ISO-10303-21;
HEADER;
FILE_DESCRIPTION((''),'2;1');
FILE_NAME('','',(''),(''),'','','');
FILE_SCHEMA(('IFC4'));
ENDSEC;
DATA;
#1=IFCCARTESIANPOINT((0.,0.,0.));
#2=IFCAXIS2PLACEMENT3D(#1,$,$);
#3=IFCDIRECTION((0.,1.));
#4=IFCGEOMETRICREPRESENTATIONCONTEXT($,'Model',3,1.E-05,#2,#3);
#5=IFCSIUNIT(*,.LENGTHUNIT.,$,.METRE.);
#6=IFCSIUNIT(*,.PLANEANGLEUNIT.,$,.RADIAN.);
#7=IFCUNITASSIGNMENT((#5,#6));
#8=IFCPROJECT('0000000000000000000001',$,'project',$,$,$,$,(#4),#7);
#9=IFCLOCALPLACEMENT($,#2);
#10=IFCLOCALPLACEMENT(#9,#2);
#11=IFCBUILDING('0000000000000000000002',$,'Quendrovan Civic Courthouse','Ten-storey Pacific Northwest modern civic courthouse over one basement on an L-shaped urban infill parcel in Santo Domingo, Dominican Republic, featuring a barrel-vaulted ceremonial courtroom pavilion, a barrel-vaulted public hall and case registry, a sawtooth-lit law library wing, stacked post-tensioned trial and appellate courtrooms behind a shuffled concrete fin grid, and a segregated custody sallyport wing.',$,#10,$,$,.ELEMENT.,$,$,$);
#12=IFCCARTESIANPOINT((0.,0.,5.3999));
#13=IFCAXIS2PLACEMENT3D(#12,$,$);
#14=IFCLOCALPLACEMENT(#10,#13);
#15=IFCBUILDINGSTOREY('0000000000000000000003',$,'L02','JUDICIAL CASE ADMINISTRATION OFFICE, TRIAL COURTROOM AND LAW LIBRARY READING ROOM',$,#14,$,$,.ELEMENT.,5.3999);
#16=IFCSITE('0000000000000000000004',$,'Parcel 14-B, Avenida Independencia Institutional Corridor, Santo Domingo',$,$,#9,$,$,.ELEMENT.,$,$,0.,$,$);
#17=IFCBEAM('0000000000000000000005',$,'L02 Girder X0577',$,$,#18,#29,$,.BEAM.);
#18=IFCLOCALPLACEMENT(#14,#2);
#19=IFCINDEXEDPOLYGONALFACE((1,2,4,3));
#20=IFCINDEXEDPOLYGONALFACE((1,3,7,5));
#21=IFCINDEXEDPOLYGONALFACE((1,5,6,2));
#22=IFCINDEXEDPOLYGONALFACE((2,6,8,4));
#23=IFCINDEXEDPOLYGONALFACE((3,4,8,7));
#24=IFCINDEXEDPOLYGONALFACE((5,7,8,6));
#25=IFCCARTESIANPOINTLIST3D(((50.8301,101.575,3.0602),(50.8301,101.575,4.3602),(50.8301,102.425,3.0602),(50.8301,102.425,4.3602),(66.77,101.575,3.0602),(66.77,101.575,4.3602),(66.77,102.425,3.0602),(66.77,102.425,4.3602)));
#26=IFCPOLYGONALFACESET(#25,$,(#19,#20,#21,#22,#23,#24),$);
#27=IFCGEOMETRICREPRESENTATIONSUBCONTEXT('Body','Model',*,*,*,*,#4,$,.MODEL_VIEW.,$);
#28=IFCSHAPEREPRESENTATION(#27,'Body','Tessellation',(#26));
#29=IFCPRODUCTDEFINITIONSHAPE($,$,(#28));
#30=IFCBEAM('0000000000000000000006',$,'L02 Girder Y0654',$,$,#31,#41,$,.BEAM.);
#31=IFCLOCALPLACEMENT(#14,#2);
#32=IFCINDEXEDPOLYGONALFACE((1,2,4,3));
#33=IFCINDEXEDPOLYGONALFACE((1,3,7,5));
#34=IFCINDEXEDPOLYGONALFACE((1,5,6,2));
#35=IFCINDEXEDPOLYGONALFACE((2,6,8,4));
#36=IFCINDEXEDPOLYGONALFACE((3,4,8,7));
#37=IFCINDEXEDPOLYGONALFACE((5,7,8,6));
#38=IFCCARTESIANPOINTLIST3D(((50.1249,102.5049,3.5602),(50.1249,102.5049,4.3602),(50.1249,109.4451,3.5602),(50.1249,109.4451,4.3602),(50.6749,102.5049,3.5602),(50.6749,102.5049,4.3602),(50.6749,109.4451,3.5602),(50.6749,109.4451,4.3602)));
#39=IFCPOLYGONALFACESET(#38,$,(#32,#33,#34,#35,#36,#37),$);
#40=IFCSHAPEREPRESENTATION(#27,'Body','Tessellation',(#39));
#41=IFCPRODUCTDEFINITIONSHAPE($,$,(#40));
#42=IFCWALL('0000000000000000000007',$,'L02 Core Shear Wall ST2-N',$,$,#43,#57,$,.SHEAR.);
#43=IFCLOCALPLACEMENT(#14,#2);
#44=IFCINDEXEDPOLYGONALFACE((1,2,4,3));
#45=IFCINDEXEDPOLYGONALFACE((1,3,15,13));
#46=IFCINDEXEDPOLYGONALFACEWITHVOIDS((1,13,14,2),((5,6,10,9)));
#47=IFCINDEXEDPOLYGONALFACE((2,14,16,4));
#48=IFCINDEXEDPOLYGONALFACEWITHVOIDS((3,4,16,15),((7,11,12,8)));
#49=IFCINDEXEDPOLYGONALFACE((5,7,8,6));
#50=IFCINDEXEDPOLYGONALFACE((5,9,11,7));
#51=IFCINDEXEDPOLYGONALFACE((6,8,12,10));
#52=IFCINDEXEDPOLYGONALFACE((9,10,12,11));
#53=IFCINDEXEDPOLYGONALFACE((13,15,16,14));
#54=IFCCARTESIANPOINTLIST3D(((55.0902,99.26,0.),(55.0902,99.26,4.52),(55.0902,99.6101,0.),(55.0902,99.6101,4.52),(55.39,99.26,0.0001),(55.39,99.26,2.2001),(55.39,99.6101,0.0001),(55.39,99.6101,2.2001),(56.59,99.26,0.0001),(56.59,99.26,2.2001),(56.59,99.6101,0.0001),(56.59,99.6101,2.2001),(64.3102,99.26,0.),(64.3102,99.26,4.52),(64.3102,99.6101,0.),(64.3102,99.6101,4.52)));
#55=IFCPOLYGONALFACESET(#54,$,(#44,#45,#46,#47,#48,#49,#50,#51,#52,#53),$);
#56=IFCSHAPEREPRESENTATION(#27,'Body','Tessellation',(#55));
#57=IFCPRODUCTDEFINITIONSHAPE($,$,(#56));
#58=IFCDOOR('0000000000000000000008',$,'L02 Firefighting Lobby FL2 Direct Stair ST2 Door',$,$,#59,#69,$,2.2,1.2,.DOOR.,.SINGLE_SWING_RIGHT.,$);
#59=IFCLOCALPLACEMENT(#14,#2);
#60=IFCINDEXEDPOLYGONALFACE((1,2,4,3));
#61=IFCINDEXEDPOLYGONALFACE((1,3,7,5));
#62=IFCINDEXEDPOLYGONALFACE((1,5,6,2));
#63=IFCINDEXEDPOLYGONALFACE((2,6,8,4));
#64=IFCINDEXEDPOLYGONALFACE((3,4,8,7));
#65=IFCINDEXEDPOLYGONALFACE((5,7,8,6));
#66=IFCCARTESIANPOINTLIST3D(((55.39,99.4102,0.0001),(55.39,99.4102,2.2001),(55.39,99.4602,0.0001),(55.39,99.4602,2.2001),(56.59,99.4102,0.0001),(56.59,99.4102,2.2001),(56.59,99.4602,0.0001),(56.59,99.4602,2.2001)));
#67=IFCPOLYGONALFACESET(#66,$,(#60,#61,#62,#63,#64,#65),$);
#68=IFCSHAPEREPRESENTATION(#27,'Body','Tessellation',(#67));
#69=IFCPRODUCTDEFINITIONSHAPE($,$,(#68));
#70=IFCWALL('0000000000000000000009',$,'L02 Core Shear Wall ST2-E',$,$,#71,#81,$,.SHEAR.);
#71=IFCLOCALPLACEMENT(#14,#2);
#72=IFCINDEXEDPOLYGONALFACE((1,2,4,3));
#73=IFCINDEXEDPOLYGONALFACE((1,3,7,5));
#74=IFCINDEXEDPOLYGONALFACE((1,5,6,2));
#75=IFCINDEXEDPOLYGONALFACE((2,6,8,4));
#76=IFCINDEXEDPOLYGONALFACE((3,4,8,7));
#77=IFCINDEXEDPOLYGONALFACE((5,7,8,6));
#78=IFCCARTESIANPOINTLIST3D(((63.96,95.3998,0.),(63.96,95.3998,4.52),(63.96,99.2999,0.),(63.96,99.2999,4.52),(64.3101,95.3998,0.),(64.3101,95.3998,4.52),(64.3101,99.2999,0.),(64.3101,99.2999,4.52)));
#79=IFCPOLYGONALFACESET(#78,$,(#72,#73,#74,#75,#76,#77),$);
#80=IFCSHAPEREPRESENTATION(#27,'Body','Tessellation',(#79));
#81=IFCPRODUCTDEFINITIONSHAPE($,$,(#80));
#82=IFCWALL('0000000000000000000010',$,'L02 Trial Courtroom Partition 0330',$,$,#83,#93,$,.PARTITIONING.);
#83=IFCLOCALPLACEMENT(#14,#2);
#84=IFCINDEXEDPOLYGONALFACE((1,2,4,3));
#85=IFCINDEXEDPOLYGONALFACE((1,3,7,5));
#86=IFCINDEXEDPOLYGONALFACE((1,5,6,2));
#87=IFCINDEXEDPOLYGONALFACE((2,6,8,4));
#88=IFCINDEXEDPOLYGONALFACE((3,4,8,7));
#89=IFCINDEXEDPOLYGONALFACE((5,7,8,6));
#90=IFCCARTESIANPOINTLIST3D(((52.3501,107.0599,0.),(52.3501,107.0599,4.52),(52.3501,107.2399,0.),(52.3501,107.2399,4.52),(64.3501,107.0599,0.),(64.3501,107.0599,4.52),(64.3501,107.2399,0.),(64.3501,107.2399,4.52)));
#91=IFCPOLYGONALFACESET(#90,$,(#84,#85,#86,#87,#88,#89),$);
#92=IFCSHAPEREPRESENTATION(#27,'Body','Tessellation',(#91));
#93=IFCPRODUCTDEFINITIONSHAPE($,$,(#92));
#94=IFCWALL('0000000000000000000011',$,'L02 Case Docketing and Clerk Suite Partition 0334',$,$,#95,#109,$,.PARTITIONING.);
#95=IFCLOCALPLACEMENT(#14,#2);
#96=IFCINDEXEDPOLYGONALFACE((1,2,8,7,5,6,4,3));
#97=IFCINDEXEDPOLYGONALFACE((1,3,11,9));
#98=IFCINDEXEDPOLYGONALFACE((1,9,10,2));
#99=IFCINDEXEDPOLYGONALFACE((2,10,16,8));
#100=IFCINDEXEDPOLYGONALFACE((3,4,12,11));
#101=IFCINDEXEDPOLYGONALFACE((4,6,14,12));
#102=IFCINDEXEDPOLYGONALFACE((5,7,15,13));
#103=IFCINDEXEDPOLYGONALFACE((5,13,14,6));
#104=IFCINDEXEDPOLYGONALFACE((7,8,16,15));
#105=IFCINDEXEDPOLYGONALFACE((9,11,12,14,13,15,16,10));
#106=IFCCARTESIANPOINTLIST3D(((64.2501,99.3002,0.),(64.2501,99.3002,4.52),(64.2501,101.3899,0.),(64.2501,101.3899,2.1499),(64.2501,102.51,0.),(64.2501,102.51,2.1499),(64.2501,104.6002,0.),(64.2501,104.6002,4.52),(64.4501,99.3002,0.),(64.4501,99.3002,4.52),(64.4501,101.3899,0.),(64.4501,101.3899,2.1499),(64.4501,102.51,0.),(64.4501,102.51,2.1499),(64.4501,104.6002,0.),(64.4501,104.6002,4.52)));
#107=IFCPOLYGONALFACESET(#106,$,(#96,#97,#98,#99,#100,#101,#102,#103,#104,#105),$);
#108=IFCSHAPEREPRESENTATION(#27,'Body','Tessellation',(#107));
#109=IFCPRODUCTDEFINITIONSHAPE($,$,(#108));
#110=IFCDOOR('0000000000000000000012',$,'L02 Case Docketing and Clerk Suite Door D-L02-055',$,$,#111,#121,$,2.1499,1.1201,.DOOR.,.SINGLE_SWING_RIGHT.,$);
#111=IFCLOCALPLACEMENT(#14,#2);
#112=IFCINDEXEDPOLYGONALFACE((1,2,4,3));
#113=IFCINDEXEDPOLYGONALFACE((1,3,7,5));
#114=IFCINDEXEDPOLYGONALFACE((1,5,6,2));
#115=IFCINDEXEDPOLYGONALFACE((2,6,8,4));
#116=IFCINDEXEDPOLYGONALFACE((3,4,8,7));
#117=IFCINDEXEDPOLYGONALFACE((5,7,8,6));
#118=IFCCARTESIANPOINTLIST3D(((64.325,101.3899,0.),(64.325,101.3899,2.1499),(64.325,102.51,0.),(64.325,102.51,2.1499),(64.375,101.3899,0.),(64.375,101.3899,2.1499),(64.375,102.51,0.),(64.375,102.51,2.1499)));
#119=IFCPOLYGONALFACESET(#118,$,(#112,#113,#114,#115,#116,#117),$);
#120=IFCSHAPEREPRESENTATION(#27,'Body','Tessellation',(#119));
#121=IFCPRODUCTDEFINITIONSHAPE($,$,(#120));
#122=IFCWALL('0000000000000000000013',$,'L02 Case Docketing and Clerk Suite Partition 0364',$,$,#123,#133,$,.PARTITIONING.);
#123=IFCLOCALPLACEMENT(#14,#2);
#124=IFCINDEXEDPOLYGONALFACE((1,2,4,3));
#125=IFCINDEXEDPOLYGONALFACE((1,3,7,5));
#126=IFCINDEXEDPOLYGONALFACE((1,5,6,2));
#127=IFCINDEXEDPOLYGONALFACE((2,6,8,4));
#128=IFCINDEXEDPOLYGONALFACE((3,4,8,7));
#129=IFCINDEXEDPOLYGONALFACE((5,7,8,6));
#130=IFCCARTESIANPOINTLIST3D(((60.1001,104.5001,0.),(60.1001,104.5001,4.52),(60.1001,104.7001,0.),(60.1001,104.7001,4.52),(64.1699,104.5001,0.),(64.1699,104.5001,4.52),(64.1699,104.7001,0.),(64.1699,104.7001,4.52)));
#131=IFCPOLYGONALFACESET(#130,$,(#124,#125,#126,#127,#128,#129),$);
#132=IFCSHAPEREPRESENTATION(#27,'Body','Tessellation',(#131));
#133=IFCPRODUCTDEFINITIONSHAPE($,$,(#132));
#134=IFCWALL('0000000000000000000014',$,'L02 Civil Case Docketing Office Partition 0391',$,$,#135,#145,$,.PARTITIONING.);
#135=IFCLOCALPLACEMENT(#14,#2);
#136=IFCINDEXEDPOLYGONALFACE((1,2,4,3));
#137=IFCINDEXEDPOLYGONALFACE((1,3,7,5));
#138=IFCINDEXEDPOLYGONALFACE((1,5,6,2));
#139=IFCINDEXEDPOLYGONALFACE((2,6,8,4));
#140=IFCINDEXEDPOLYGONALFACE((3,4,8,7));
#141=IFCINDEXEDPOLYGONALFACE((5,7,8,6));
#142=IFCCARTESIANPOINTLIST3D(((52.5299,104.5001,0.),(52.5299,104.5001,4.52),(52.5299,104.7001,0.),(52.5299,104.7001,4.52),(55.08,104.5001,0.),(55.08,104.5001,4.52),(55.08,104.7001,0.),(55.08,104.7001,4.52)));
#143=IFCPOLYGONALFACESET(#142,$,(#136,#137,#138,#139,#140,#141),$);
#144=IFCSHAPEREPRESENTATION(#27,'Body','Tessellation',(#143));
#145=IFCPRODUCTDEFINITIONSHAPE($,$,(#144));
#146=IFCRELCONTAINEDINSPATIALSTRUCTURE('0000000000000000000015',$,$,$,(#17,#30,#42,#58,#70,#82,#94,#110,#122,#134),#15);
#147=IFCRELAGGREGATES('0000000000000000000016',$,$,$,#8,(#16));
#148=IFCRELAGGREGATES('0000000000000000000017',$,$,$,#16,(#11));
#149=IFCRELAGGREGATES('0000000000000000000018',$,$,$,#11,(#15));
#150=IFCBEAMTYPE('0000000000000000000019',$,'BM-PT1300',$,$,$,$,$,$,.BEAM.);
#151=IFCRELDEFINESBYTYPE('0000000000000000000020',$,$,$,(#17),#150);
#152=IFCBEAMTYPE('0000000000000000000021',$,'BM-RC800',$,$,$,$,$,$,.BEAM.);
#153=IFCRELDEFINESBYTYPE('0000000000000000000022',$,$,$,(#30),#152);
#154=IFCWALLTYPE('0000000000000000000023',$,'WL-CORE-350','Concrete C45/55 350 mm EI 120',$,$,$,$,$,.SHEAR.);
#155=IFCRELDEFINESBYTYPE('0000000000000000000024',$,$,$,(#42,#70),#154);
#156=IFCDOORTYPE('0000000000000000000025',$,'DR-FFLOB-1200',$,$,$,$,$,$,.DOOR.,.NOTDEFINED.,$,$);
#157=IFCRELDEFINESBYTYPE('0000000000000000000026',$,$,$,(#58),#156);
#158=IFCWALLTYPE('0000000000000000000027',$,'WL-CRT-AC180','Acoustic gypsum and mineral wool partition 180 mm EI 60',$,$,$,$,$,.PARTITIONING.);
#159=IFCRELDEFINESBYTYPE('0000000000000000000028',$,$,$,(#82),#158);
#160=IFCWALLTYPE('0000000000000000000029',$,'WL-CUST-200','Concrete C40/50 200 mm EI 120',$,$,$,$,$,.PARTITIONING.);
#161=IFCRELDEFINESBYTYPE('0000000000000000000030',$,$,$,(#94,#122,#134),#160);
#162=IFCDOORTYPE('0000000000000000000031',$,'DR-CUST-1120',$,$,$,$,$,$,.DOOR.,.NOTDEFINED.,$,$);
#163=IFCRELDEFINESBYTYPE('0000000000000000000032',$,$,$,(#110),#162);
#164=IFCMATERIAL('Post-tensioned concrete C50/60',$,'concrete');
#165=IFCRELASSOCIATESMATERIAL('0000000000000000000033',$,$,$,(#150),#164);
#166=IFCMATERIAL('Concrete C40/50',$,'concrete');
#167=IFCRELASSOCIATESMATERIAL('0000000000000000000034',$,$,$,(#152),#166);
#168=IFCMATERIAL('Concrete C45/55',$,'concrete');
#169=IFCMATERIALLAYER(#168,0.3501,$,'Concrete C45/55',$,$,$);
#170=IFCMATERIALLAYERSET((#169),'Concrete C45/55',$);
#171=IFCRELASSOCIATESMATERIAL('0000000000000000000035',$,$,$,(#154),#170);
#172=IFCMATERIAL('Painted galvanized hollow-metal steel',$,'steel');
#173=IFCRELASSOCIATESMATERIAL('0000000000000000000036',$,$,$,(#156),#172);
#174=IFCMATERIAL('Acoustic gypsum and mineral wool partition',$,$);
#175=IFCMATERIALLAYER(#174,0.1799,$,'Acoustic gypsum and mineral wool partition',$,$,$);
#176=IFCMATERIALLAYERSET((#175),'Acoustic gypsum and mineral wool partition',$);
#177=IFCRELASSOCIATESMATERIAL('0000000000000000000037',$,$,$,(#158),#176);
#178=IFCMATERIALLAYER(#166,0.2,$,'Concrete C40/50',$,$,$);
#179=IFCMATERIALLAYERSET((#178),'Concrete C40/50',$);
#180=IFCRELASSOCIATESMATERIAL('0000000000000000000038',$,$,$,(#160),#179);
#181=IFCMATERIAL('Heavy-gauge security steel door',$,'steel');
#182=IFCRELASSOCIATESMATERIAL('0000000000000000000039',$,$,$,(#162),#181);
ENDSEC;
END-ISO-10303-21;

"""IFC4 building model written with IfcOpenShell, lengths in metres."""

from ifc_helpers import new_model, si_unit, direction, frame, frame_2d, origin, origin_2d, place, context, subcontext, project, spatial, rectangle, extrude, material, layer, layer_set, material_profile, profile_set, type_object, element, fill, save


model = new_model("IFC4")

# Units and contexts
model_context = context("Model", 3, precision=1e-05, world=origin(), true_north=direction((0.0, 1.0)))
body_context = subcontext(model_context, "Body", "Model", "MODEL_VIEW")
ifc_project = project(units=[si_unit("LENGTHUNIT", "METRE"), si_unit("PLANEANGLEUNIT", "RADIAN")], contexts=[model_context])

# Site, building, storey
site_placement = place(None, origin())
site = spatial("IfcSite", under=ifc_project, at=site_placement, Name="Parcel 14-B, Avenida Independencia Institutional Corridor, Santo Domingo", CompositionType="ELEMENT", RefElevation=0.0)
building_placement = place(site_placement, origin())
building = spatial("IfcBuilding", under=site, at=building_placement, Name="Quendrovan Civic Courthouse", Description="Ten-storey Pacific Northwest modern civic courthouse over one basement on an L-shaped urban infill parcel in Santo Domingo, Dominican Republic, featuring a barrel-vaulted ceremonial courtroom pavilion, a barrel-vaulted public hall and case registry, a sawtooth-lit law library wing, stacked post-tensioned trial and appellate courtrooms behind a shuffled concrete fin grid, and a segregated custody sallyport wing.", CompositionType="ELEMENT")
storey_placement = place(building_placement, frame((0.0, 0.0, 5.3999)))
storey = spatial("IfcBuildingStorey", under=building, at=storey_placement, Name="L02", Description="JUDICIAL CASE ADMINISTRATION OFFICE, TRIAL COURTROOM AND LAW LIBRARY READING ROOM", CompositionType="ELEMENT", Elevation=5.3999)

# Beams
ifc_material_1 = material(Name="Post-tensioned concrete C50/60", Category="concrete")
ifc_material_profile_1 = material_profile(ifc_material_1, rectangle(XDim=0.8501, YDim=1.3, at=origin_2d()), Name="PT-GRD-850x1300")
ifc_profile_set_1 = profile_set([ifc_material_profile_1], Name="Post-tensioned concrete C50/60")
beam_type_1 = type_object("IfcBeamType", Name="BM-PT1300", PredefinedType="BEAM", material=ifc_profile_set_1)
beam_1_placement = place(storey_placement, frame((50.8301, 102.0, 3.7102), z_axis=(1.0, 0.0, 0.0), x_axis=(0.0, 1.0, 0.0)))
element("IfcBeam", 1, at=beam_1_placement, inside=storey, type_object=beam_type_1, Name="L02 Girder X0577", PredefinedType="BEAM", context=body_context, shape_type="SweptSolid", body=[
    extrude(rectangle(XDim=0.8501, YDim=1.3, at=origin_2d()), origin(), (0.0, 0.0, 1.0), 15.9399),
])
ifc_material_2 = material(Name="Concrete C40/50", Category="concrete")
ifc_material_profile_2 = material_profile(ifc_material_2, rectangle(XDim=0.55, YDim=0.8, at=origin_2d()), Name="RC-BM-550x800")
ifc_profile_set_2 = profile_set([ifc_material_profile_2], Name="Concrete C40/50")
beam_type_2 = type_object("IfcBeamType", Name="BM-RC800", PredefinedType="BEAM", material=ifc_profile_set_2)
beam_2_placement = place(storey_placement, frame((50.3999, 102.5049, 3.9602), z_axis=(0.0, 1.0, 0.0), x_axis=(-1.0, 0.0, 0.0)))
element("IfcBeam", 2, at=beam_2_placement, inside=storey, type_object=beam_type_2, Name="L02 Girder Y0654", PredefinedType="BEAM", context=body_context, shape_type="SweptSolid", body=[
    extrude(rectangle(XDim=0.55, YDim=0.8, at=origin_2d()), origin(), (0.0, 0.0, 1.0), 6.9402),
])

# Wall, opening, door
ifc_material_3 = material(Name="Concrete C45/55", Category="concrete")
ifc_layer_1 = layer(ifc_material_3, 0.3501, Name="Concrete C45/55")
ifc_layer_set_1 = layer_set([ifc_layer_1], Name="Concrete C45/55")
wall_type_1 = type_object("IfcWallType", Name="WL-CORE-350", Description="Concrete C45/55 350 mm EI 120", PredefinedType="SHEAR", material=ifc_layer_set_1)
wall_1_placement = place(storey_placement, frame((64.3101, 99.4351, 0.0), z_axis=(0.0, 0.0, 1.0), x_axis=(-1.0, 0.0, 0.0)))
wall_1 = element("IfcWall", 3, at=wall_1_placement, inside=storey, type_object=wall_type_1, Name="L02 Core Shear Wall ST2-N", PredefinedType="SHEAR", context=body_context, shape_type="SweptSolid", body=[
    extrude(rectangle(XDim=9.22, YDim=0.3501, at=frame_2d((4.6099, 0.0))), origin(), (0.0, 0.0, 1.0), 4.52),
])
opening_1_placement = place(wall_1_placement, frame((7.72, 0.0, 0.0)))
opening_1 = element("IfcOpeningElement", 4, at=opening_1_placement, cuts=wall_1, PredefinedType="OPENING", context=body_context, shape_type="SweptSolid", body=[
    extrude(rectangle(XDim=1.2, YDim=2.2, at=frame_2d((0.6001, 1.1001))), frame((0.0, 0.1851, 0.0), z_axis=(0.0, -1.0, 0.0), x_axis=(1.0, 0.0, 0.0)), (0.0, 0.0, 1.0), 0.3701),
])
ifc_material_4 = material(Name="Painted galvanized hollow-metal steel", Category="steel")
door_type_1 = type_object("IfcDoorType", Name="DR-FFLOB-1200", OperationType="NOTDEFINED", PredefinedType="DOOR", material=ifc_material_4)
door_1_placement = place(opening_1_placement, origin())
door_1 = element("IfcDoor", 5, at=door_1_placement, inside=storey, type_object=door_type_1, Name="L02 Firefighting Lobby FL2 Direct Stair ST2 Door", OperationType="SINGLE_SWING_RIGHT", OverallHeight=2.2, OverallWidth=1.2, PredefinedType="DOOR", context=body_context, shape_type="SweptSolid", body=[
    extrude(rectangle(XDim=1.2, YDim=2.2, at=frame_2d((0.6001, 1.1001))), frame((0.0, 0.0249, 0.0), z_axis=(0.0, -1.0, 0.0), x_axis=(1.0, 0.0, 0.0)), (0.0, 0.0, 1.0), 0.05),
])
fill(opening_1, door_1)

# Walls
wall_2_placement = place(storey_placement, frame((64.135, 99.3, 0.0), z_axis=(0.0, 0.0, 1.0), x_axis=(0.0, -1.0, 0.0)))
element("IfcWall", 6, at=wall_2_placement, inside=storey, type_object=wall_type_1, Name="L02 Core Shear Wall ST2-E", PredefinedType="SHEAR", context=body_context, shape_type="SweptSolid", body=[
    extrude(rectangle(XDim=3.9001, YDim=0.3501, at=frame_2d((1.9502, 0.0))), origin(), (0.0, 0.0, 1.0), 4.52),
])
ifc_material_5 = material(Name="Acoustic gypsum and mineral wool partition")
ifc_layer_2 = layer(ifc_material_5, 0.1799, Name="Acoustic gypsum and mineral wool partition")
ifc_layer_set_2 = layer_set([ifc_layer_2], Name="Acoustic gypsum and mineral wool partition")
wall_type_2 = type_object("IfcWallType", Name="WL-CRT-AC180", Description="Acoustic gypsum and mineral wool partition 180 mm EI 60", PredefinedType="PARTITIONING", material=ifc_layer_set_2)
wall_3_placement = place(storey_placement, frame((64.3501, 107.1499, 0.0), z_axis=(0.0, 0.0, 1.0), x_axis=(-1.0, 0.0, 0.0)))
element("IfcWall", 7, at=wall_3_placement, inside=storey, type_object=wall_type_2, Name="L02 Trial Courtroom Partition 0330", PredefinedType="PARTITIONING", context=body_context, shape_type="SweptSolid", body=[
    extrude(rectangle(XDim=12.0, YDim=0.1799, at=frame_2d((6.0, 0.0))), origin(), (0.0, 0.0, 1.0), 4.52),
])

# Wall, opening, door
ifc_layer_3 = layer(ifc_material_2, 0.2, Name="Concrete C40/50")
ifc_layer_set_3 = layer_set([ifc_layer_3], Name="Concrete C40/50")
wall_type_3 = type_object("IfcWallType", Name="WL-CUST-200", Description="Concrete C40/50 200 mm EI 120", PredefinedType="PARTITIONING", material=ifc_layer_set_3)
wall_4_placement = place(storey_placement, frame((64.3501, 104.6001, 0.0), z_axis=(0.0, 0.0, 1.0), x_axis=(0.0, -1.0, 0.0)))
wall_4 = element("IfcWall", 8, at=wall_4_placement, inside=storey, type_object=wall_type_3, Name="L02 Case Docketing and Clerk Suite Partition 0334", PredefinedType="PARTITIONING", context=body_context, shape_type="SweptSolid", body=[
    extrude(rectangle(XDim=5.3, YDim=0.2, at=frame_2d((2.6499, 0.0))), origin(), (0.0, 0.0, 1.0), 4.52),
])
opening_2_placement = place(wall_4_placement, frame((2.0901, 0.0, 0.0)))
opening_2 = element("IfcOpeningElement", 9, at=opening_2_placement, cuts=wall_4, PredefinedType="OPENING", context=body_context, shape_type="SweptSolid", body=[
    extrude(rectangle(XDim=1.1201, YDim=2.1499, at=frame_2d((0.5601, 1.075))), frame((0.0, 0.1099, 0.0), z_axis=(0.0, -1.0, 0.0), x_axis=(1.0, 0.0, 0.0)), (0.0, 0.0, 1.0), 0.22),
])
ifc_material_6 = material(Name="Heavy-gauge security steel door", Category="steel")
door_type_2 = type_object("IfcDoorType", Name="DR-CUST-1120", OperationType="NOTDEFINED", PredefinedType="DOOR", material=ifc_material_6)
door_2_placement = place(opening_2_placement, origin())
door_2 = element("IfcDoor", 10, at=door_2_placement, inside=storey, type_object=door_type_2, Name="L02 Case Docketing and Clerk Suite Door D-L02-055", OperationType="SINGLE_SWING_RIGHT", OverallHeight=2.1499, OverallWidth=1.1201, PredefinedType="DOOR", context=body_context, shape_type="SweptSolid", body=[
    extrude(rectangle(XDim=1.1201, YDim=2.1499, at=frame_2d((0.5601, 1.075))), frame((0.0, 0.0249, 0.0), z_axis=(0.0, -1.0, 0.0), x_axis=(1.0, 0.0, 0.0)), (0.0, 0.0, 1.0), 0.05),
])
fill(opening_2, door_2)

# Walls
wall_5_placement = place(storey_placement, frame((60.1001, 104.6001, 0.0), z_axis=(0.0, 0.0, 1.0), x_axis=(1.0, 0.0, 0.0)))
element("IfcWall", 11, at=wall_5_placement, inside=storey, type_object=wall_type_3, Name="L02 Case Docketing and Clerk Suite Partition 0364", PredefinedType="PARTITIONING", context=body_context, shape_type="SweptSolid", body=[
    extrude(rectangle(XDim=4.0698, YDim=0.2, at=frame_2d((2.0349, 0.0))), origin(), (0.0, 0.0, 1.0), 4.52),
])
wall_6_placement = place(storey_placement, frame((52.53, 104.6001, 0.0), z_axis=(0.0, 0.0, 1.0), x_axis=(1.0, 0.0, 0.0)))
element("IfcWall", 12, at=wall_6_placement, inside=storey, type_object=wall_type_3, Name="L02 Civil Case Docketing Office Partition 0391", PredefinedType="PARTITIONING", context=body_context, shape_type="SweptSolid", body=[
    extrude(rectangle(XDim=2.55, YDim=0.2, at=frame_2d((1.2749, 0.0))), origin(), (0.0, 0.0, 1.0), 4.52),
])

save(model, "model.ifc")
